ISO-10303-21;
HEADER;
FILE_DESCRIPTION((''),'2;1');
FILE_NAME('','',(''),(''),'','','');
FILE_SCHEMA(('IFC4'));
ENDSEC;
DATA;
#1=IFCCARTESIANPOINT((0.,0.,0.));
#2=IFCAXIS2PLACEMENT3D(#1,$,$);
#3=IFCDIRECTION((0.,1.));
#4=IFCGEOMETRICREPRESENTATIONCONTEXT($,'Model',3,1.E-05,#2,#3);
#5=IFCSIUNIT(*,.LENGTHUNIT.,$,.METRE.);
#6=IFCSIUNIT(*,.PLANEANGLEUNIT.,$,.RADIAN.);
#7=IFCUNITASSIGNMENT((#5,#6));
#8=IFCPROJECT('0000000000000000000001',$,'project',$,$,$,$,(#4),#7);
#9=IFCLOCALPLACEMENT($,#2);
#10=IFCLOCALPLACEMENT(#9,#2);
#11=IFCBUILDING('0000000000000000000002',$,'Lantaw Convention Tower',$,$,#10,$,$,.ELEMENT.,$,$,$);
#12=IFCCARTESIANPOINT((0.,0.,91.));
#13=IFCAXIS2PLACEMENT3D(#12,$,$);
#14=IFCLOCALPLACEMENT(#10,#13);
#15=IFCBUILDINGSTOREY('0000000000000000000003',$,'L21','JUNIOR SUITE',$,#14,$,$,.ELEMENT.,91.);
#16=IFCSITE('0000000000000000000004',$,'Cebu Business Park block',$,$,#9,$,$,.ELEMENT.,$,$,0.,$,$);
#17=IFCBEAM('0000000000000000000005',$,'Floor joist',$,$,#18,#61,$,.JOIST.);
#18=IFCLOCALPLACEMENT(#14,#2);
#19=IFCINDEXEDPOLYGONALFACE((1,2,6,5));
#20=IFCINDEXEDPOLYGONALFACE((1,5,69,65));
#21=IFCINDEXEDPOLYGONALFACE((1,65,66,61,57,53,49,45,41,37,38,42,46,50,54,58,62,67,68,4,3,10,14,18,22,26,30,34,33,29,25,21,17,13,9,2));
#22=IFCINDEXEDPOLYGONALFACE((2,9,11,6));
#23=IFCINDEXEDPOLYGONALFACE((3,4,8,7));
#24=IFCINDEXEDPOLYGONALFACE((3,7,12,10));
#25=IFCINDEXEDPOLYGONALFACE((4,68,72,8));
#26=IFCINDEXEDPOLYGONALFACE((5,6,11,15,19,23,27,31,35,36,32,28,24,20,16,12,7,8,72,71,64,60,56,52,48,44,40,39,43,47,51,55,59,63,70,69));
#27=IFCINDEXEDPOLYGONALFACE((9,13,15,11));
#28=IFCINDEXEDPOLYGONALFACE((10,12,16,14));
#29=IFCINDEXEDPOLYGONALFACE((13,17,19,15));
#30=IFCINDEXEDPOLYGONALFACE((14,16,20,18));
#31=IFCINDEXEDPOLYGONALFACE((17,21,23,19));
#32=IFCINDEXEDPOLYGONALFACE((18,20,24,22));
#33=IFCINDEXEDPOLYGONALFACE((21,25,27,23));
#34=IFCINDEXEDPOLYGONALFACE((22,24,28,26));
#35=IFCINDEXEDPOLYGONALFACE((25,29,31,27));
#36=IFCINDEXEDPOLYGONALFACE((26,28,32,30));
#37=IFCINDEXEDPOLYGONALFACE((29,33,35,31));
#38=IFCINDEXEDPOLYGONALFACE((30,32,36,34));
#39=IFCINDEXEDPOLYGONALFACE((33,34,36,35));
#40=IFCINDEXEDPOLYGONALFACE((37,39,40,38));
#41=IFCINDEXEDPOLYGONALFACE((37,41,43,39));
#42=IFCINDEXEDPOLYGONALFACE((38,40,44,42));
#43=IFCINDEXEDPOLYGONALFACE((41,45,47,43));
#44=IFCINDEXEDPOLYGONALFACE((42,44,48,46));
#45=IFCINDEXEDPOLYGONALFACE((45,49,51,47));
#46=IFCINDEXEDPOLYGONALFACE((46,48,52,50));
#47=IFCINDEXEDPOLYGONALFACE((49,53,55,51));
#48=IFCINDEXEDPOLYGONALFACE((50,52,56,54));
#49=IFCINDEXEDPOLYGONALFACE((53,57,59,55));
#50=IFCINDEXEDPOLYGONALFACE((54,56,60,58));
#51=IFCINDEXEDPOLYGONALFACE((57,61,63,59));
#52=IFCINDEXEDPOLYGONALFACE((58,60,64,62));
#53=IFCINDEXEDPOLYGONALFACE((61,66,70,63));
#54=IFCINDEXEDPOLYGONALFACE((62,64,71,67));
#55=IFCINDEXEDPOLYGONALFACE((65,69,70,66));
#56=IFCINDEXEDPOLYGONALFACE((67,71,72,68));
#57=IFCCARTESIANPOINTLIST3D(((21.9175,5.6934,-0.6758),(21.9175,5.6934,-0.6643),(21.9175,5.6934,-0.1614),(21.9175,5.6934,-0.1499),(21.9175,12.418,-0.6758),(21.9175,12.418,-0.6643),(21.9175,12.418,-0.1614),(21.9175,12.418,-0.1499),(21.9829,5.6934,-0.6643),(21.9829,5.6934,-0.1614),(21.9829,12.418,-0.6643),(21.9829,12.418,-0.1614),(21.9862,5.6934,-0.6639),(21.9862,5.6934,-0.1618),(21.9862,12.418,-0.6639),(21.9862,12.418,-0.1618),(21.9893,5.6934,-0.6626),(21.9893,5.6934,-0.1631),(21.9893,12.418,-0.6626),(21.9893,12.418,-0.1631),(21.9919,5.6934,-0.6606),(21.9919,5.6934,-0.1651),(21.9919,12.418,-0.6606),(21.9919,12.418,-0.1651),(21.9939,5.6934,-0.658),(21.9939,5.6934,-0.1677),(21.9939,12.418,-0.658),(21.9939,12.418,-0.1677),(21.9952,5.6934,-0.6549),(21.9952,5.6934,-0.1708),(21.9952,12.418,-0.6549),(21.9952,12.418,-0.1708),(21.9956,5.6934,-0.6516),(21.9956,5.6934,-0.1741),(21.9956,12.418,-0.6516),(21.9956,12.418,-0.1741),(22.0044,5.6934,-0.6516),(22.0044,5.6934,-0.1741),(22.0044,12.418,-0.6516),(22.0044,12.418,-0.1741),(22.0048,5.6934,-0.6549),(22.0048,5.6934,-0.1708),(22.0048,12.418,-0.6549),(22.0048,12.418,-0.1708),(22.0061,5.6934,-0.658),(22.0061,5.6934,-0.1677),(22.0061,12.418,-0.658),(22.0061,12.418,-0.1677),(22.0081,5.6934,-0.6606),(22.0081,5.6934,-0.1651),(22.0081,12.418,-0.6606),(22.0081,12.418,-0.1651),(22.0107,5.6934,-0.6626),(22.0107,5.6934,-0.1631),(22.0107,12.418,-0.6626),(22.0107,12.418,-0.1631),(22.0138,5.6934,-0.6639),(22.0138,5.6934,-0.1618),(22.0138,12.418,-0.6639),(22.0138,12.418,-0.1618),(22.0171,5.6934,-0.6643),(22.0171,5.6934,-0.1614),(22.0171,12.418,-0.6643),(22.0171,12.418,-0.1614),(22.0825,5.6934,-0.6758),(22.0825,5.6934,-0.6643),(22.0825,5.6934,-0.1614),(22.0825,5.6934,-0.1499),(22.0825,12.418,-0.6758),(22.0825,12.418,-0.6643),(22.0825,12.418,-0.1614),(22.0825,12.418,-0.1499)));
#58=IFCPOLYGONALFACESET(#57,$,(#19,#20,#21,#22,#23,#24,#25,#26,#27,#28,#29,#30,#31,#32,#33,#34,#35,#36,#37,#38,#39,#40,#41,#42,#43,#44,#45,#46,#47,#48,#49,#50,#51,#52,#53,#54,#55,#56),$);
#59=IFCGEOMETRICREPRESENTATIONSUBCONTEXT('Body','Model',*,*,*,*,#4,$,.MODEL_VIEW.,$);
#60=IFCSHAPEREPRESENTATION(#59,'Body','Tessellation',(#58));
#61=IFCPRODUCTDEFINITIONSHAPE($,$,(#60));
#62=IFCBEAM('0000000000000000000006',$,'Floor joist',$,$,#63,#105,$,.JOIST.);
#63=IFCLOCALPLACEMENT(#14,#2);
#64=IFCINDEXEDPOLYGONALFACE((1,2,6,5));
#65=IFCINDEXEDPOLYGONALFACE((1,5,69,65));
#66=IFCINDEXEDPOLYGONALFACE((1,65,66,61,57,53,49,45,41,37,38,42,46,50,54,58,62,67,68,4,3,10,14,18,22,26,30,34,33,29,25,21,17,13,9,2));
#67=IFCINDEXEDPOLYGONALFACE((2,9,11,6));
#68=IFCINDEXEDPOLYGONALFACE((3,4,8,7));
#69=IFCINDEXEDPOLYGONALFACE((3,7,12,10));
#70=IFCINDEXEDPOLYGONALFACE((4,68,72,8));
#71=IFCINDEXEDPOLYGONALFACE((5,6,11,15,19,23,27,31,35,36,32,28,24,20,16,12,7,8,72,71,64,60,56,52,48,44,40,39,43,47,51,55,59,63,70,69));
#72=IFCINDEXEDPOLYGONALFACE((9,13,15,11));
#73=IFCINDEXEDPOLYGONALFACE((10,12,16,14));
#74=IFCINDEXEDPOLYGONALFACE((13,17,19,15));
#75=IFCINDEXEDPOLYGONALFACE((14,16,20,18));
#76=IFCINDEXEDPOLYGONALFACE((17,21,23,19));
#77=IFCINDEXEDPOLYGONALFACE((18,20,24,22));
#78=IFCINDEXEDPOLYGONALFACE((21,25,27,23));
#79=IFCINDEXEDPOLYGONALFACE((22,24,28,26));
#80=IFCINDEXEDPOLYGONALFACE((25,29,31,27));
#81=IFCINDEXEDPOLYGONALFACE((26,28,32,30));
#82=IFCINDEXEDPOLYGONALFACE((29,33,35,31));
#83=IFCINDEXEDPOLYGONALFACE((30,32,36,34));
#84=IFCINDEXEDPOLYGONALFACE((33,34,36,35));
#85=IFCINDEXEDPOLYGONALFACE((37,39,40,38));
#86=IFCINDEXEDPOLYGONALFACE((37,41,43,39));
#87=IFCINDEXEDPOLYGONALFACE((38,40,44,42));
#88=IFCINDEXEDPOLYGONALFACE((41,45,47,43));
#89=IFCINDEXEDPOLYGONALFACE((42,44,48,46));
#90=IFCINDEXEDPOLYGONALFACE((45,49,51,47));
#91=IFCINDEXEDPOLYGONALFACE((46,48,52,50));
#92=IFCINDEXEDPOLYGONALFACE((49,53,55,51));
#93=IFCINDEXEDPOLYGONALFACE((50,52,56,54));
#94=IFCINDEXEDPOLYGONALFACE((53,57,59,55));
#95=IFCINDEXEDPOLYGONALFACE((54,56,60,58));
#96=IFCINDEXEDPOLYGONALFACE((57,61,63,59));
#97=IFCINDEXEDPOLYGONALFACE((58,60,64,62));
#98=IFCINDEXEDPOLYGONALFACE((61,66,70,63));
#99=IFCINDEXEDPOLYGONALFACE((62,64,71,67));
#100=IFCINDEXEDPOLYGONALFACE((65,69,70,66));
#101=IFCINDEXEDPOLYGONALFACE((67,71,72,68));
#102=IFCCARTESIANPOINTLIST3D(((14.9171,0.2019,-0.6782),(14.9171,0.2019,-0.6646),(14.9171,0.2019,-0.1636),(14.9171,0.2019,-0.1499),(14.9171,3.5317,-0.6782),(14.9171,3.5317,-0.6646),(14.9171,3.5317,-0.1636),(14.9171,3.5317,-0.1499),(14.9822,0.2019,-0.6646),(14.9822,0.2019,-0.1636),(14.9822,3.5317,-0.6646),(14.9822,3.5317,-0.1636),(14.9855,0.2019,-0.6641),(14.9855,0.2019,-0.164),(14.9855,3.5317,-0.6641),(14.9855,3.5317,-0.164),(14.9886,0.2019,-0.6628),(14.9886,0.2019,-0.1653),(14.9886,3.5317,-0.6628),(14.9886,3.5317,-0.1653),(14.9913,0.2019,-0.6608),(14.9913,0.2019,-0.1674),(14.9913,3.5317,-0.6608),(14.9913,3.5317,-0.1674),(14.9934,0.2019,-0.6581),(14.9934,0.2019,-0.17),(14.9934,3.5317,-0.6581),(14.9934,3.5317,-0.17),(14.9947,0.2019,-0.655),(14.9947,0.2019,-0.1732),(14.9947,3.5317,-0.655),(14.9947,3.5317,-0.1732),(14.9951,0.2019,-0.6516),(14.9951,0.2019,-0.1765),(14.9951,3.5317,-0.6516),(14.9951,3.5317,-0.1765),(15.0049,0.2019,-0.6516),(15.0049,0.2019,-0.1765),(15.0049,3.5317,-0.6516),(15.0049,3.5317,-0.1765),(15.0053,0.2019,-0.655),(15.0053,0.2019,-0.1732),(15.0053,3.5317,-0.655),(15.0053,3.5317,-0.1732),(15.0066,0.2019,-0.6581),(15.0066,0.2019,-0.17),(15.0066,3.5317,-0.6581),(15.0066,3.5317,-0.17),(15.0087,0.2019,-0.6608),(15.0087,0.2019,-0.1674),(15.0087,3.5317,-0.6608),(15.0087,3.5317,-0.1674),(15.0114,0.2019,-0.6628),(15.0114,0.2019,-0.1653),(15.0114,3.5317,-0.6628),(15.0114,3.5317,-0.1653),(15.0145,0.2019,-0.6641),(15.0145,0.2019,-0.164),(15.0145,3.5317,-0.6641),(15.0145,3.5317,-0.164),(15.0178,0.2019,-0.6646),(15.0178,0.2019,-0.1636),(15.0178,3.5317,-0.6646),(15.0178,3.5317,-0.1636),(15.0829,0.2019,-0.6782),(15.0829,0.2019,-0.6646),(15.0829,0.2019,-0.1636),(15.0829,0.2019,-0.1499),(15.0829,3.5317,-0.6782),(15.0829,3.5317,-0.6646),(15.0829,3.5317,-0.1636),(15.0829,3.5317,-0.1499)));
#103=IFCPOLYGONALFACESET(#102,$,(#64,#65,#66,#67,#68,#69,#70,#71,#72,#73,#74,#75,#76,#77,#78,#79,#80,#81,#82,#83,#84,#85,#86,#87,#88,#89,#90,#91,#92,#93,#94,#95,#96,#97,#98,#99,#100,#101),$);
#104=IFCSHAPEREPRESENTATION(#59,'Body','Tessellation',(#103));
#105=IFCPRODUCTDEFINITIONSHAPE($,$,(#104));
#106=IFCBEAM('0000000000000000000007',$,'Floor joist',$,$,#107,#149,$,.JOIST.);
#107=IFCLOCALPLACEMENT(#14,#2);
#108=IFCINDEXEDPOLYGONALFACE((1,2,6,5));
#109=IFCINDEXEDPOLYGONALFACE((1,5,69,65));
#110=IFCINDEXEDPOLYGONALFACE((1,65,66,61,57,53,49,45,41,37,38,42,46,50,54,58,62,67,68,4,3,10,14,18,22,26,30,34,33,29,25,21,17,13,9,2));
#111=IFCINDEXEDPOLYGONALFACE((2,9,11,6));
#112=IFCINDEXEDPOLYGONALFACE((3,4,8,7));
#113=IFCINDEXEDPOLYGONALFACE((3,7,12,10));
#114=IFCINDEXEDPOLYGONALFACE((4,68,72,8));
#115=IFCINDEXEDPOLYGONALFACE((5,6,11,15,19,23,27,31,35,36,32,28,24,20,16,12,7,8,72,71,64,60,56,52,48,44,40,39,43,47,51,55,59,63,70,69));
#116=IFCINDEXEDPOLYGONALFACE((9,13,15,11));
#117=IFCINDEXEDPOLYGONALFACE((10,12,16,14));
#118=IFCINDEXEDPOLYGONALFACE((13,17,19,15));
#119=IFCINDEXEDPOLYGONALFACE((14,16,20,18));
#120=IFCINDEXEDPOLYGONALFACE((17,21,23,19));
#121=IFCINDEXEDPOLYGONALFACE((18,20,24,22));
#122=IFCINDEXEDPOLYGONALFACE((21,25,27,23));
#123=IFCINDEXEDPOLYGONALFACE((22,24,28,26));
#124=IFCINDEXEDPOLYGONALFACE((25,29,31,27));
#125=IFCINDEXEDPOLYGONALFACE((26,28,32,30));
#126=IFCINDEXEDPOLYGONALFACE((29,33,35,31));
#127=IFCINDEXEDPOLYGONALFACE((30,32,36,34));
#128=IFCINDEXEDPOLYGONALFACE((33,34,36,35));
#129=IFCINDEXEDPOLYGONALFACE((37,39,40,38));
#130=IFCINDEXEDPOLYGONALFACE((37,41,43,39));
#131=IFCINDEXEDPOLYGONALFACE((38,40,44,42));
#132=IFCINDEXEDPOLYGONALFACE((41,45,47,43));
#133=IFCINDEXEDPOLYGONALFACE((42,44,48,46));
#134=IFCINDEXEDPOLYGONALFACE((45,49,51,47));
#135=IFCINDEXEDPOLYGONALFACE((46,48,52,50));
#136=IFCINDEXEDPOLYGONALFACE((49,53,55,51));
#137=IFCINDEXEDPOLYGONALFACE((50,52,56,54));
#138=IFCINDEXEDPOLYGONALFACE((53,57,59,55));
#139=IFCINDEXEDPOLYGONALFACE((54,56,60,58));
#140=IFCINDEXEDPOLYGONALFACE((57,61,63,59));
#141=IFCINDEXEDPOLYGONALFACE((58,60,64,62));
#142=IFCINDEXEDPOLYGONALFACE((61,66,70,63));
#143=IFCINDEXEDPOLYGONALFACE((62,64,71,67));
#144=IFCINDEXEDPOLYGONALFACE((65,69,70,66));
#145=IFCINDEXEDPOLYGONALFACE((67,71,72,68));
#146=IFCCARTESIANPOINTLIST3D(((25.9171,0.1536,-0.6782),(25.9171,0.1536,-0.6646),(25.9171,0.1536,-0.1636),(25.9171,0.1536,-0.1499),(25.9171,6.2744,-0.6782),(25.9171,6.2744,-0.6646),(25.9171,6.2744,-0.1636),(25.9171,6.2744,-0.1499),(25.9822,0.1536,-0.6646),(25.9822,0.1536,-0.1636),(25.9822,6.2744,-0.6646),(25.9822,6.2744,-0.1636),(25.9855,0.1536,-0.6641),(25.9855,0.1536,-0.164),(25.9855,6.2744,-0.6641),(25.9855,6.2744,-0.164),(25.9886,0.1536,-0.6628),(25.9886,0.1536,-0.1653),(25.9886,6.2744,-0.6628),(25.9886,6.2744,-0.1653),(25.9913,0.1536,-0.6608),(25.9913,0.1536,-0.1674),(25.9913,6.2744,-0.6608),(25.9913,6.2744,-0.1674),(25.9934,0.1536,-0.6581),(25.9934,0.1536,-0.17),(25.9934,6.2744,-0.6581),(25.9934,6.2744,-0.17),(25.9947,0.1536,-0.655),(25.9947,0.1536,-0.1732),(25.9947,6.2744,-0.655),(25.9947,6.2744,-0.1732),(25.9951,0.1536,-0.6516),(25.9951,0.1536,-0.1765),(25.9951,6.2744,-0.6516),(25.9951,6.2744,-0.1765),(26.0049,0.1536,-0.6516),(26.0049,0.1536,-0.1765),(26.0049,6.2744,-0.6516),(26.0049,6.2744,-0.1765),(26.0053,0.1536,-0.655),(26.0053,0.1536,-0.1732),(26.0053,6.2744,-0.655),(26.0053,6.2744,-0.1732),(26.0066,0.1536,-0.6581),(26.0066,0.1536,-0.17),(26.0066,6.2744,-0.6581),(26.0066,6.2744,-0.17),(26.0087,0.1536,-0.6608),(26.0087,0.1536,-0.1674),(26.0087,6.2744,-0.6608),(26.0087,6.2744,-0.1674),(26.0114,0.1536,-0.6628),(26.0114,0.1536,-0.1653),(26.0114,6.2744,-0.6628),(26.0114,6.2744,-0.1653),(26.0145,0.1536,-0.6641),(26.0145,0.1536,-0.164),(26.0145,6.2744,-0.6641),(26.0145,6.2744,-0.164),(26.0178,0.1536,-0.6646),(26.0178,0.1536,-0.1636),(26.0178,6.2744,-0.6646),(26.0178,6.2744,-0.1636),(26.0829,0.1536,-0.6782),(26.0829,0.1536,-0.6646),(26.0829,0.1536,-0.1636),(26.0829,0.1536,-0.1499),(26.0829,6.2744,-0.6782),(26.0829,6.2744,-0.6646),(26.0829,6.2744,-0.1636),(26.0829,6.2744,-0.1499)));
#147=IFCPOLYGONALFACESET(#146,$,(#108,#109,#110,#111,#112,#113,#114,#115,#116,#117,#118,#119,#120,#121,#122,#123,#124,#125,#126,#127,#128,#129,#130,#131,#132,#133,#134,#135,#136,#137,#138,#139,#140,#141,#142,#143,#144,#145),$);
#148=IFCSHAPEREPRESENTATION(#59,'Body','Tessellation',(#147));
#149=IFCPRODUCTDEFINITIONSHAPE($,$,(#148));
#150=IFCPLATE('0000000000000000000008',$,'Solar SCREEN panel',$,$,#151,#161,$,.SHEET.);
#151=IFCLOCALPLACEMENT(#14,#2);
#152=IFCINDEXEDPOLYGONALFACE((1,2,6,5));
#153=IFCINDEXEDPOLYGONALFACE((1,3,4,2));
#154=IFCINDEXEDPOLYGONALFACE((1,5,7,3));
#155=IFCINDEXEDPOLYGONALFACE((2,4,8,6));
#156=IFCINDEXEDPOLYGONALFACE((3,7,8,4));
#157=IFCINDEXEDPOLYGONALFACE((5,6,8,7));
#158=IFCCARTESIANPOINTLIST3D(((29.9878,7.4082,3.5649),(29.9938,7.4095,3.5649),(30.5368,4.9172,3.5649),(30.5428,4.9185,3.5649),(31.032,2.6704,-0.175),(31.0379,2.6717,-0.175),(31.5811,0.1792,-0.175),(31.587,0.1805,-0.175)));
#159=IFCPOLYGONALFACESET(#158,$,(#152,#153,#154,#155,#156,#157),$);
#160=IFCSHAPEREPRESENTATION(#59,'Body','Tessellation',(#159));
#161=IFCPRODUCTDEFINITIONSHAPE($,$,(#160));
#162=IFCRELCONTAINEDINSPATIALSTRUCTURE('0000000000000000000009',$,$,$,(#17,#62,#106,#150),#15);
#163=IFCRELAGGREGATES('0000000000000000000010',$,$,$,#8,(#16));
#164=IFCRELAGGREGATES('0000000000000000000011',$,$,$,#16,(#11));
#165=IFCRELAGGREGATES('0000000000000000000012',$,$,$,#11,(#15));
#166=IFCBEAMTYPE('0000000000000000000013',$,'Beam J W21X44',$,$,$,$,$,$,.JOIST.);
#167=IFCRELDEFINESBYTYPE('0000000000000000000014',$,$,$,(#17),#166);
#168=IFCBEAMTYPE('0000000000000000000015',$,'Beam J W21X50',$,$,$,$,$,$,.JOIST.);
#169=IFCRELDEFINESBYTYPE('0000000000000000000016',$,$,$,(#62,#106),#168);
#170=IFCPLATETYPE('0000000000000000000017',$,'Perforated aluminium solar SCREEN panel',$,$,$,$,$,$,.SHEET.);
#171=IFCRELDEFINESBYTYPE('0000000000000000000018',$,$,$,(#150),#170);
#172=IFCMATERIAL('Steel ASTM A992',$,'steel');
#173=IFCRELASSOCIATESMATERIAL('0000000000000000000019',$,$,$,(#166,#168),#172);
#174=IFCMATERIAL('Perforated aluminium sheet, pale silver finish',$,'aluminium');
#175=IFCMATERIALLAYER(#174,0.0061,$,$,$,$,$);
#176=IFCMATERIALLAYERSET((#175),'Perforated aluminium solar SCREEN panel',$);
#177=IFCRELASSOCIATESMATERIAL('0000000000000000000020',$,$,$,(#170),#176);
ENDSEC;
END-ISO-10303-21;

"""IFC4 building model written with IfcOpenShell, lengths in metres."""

from ifc_helpers import new_model, si_unit, direction, frame, origin, origin_2d, place, context, subcontext, project, spatial, polyline, i_section, outline, extrude, material, layer, layer_set, material_profile, profile_set, type_object, element, save


model = new_model("IFC4")

# Units and contexts
model_context = context("Model", 3, precision=1e-05, world=origin(), true_north=direction((0.0, 1.0)))
body_context = subcontext(model_context, "Body", "Model", "MODEL_VIEW")
ifc_project = project(units=[si_unit("LENGTHUNIT", "METRE"), si_unit("PLANEANGLEUNIT", "RADIAN")], contexts=[model_context])

# Site, building, storey
site_placement = place(None, origin())
site = spatial("IfcSite", under=ifc_project, at=site_placement, Name="Cebu Business Park block", CompositionType="ELEMENT", RefElevation=0.0)
building_placement = place(site_placement, origin())
building = spatial("IfcBuilding", under=site, at=building_placement, Name="Lantaw Convention Tower", CompositionType="ELEMENT")
storey_placement = place(building_placement, frame((0.0, 0.0, 91.0)))
storey = spatial("IfcBuildingStorey", under=building, at=storey_placement, Name="L21", Description="JUNIOR SUITE", CompositionType="ELEMENT", Elevation=91.0)

# Beams
ifc_material_1 = material(Name="Steel ASTM A992", Category="steel")
ifc_material_profile_1 = material_profile(ifc_material_1, i_section(OverallWidth=0.165, OverallDepth=0.5259, WebThickness=0.0088, FlangeThickness=0.0115, FilletRadius=0.0127, at=origin_2d()), Name="W21X44")
ifc_profile_set_1 = profile_set([ifc_material_profile_1], Name="Steel ASTM A992")
beam_type_1 = type_object("IfcBeamType", Name="Beam J W21X44", PredefinedType="JOIST", material=ifc_profile_set_1)
beam_1_placement = place(storey_placement, frame((22.0, 5.6934, -0.4128), z_axis=(0.0, 1.0, 0.0), x_axis=(-1.0, 0.0, 0.0)))
element("IfcBeam", 1, at=beam_1_placement, inside=storey, type_object=beam_type_1, Name="Floor joist", PredefinedType="JOIST", context=body_context, shape_type="SweptSolid", body=[
    extrude(i_section(OverallWidth=0.165, OverallDepth=0.5259, WebThickness=0.0088, FlangeThickness=0.0115, FilletRadius=0.0127, at=origin_2d()), origin(), (0.0, 0.0, 1.0), 6.7246),
])
ifc_material_profile_2 = material_profile(ifc_material_1, i_section(OverallWidth=0.1658, OverallDepth=0.5283, WebThickness=0.0098, FlangeThickness=0.0137, FilletRadius=0.0129, at=origin_2d()), Name="W21X50")
ifc_profile_set_2 = profile_set([ifc_material_profile_2], Name="Steel ASTM A992")
beam_type_2 = type_object("IfcBeamType", Name="Beam J W21X50", PredefinedType="JOIST", material=ifc_profile_set_2)
beam_2_placement = place(storey_placement, frame((15.0, 0.2019, -0.4141), z_axis=(0.0, 1.0, 0.0), x_axis=(-1.0, 0.0, 0.0)))
element("IfcBeam", 2, at=beam_2_placement, inside=storey, type_object=beam_type_2, Name="Floor joist", PredefinedType="JOIST", context=body_context, shape_type="SweptSolid", body=[
    extrude(i_section(OverallWidth=0.1658, OverallDepth=0.5283, WebThickness=0.0098, FlangeThickness=0.0137, FilletRadius=0.0129, at=origin_2d()), origin(), (0.0, 0.0, 1.0), 3.3298),
])
beam_3_placement = place(storey_placement, frame((26.0, 0.1536, -0.4141), z_axis=(0.0, 1.0, 0.0), x_axis=(-1.0, 0.0, 0.0)))
element("IfcBeam", 3, at=beam_3_placement, inside=storey, type_object=beam_type_2, Name="Floor joist", PredefinedType="JOIST", context=body_context, shape_type="SweptSolid", body=[
    extrude(i_section(OverallWidth=0.1658, OverallDepth=0.5283, WebThickness=0.0098, FlangeThickness=0.0137, FilletRadius=0.0129, at=origin_2d()), origin(), (0.0, 0.0, 1.0), 6.1208),
])

# Plate
ifc_material_2 = material(Name="Perforated aluminium sheet, pale silver finish", Category="aluminium")
ifc_layer_1 = layer(ifc_material_2, 0.0061)
ifc_layer_set_1 = layer_set([ifc_layer_1], Name="Perforated aluminium solar SCREEN panel")
plate_type = type_object("IfcPlateType", Name="Perforated aluminium solar SCREEN panel", PredefinedType="SHEET", material=ifc_layer_set_1)
plate_placement = place(storey_placement, frame((31.5811, 0.1792, -0.175), z_axis=(-0.976559, -0.215248, 0.00003), x_axis=(-0.215248, 0.976559, 0.0)))
element("IfcPlate", 4, at=plate_placement, inside=storey, type_object=plate_type, Name="Solar SCREEN panel", PredefinedType="SHEET", context=body_context, shape_type="SweptSolid", body=[
    extrude(outline(polyline([(0.0, 0.0), (2.551, 0.0), (7.4025, -3.74), (4.8517, -3.74), (0.0, 0.0)])), origin(), (0.0, 0.0, -1.0), 0.0061),
])

save(model, "model.ifc")
